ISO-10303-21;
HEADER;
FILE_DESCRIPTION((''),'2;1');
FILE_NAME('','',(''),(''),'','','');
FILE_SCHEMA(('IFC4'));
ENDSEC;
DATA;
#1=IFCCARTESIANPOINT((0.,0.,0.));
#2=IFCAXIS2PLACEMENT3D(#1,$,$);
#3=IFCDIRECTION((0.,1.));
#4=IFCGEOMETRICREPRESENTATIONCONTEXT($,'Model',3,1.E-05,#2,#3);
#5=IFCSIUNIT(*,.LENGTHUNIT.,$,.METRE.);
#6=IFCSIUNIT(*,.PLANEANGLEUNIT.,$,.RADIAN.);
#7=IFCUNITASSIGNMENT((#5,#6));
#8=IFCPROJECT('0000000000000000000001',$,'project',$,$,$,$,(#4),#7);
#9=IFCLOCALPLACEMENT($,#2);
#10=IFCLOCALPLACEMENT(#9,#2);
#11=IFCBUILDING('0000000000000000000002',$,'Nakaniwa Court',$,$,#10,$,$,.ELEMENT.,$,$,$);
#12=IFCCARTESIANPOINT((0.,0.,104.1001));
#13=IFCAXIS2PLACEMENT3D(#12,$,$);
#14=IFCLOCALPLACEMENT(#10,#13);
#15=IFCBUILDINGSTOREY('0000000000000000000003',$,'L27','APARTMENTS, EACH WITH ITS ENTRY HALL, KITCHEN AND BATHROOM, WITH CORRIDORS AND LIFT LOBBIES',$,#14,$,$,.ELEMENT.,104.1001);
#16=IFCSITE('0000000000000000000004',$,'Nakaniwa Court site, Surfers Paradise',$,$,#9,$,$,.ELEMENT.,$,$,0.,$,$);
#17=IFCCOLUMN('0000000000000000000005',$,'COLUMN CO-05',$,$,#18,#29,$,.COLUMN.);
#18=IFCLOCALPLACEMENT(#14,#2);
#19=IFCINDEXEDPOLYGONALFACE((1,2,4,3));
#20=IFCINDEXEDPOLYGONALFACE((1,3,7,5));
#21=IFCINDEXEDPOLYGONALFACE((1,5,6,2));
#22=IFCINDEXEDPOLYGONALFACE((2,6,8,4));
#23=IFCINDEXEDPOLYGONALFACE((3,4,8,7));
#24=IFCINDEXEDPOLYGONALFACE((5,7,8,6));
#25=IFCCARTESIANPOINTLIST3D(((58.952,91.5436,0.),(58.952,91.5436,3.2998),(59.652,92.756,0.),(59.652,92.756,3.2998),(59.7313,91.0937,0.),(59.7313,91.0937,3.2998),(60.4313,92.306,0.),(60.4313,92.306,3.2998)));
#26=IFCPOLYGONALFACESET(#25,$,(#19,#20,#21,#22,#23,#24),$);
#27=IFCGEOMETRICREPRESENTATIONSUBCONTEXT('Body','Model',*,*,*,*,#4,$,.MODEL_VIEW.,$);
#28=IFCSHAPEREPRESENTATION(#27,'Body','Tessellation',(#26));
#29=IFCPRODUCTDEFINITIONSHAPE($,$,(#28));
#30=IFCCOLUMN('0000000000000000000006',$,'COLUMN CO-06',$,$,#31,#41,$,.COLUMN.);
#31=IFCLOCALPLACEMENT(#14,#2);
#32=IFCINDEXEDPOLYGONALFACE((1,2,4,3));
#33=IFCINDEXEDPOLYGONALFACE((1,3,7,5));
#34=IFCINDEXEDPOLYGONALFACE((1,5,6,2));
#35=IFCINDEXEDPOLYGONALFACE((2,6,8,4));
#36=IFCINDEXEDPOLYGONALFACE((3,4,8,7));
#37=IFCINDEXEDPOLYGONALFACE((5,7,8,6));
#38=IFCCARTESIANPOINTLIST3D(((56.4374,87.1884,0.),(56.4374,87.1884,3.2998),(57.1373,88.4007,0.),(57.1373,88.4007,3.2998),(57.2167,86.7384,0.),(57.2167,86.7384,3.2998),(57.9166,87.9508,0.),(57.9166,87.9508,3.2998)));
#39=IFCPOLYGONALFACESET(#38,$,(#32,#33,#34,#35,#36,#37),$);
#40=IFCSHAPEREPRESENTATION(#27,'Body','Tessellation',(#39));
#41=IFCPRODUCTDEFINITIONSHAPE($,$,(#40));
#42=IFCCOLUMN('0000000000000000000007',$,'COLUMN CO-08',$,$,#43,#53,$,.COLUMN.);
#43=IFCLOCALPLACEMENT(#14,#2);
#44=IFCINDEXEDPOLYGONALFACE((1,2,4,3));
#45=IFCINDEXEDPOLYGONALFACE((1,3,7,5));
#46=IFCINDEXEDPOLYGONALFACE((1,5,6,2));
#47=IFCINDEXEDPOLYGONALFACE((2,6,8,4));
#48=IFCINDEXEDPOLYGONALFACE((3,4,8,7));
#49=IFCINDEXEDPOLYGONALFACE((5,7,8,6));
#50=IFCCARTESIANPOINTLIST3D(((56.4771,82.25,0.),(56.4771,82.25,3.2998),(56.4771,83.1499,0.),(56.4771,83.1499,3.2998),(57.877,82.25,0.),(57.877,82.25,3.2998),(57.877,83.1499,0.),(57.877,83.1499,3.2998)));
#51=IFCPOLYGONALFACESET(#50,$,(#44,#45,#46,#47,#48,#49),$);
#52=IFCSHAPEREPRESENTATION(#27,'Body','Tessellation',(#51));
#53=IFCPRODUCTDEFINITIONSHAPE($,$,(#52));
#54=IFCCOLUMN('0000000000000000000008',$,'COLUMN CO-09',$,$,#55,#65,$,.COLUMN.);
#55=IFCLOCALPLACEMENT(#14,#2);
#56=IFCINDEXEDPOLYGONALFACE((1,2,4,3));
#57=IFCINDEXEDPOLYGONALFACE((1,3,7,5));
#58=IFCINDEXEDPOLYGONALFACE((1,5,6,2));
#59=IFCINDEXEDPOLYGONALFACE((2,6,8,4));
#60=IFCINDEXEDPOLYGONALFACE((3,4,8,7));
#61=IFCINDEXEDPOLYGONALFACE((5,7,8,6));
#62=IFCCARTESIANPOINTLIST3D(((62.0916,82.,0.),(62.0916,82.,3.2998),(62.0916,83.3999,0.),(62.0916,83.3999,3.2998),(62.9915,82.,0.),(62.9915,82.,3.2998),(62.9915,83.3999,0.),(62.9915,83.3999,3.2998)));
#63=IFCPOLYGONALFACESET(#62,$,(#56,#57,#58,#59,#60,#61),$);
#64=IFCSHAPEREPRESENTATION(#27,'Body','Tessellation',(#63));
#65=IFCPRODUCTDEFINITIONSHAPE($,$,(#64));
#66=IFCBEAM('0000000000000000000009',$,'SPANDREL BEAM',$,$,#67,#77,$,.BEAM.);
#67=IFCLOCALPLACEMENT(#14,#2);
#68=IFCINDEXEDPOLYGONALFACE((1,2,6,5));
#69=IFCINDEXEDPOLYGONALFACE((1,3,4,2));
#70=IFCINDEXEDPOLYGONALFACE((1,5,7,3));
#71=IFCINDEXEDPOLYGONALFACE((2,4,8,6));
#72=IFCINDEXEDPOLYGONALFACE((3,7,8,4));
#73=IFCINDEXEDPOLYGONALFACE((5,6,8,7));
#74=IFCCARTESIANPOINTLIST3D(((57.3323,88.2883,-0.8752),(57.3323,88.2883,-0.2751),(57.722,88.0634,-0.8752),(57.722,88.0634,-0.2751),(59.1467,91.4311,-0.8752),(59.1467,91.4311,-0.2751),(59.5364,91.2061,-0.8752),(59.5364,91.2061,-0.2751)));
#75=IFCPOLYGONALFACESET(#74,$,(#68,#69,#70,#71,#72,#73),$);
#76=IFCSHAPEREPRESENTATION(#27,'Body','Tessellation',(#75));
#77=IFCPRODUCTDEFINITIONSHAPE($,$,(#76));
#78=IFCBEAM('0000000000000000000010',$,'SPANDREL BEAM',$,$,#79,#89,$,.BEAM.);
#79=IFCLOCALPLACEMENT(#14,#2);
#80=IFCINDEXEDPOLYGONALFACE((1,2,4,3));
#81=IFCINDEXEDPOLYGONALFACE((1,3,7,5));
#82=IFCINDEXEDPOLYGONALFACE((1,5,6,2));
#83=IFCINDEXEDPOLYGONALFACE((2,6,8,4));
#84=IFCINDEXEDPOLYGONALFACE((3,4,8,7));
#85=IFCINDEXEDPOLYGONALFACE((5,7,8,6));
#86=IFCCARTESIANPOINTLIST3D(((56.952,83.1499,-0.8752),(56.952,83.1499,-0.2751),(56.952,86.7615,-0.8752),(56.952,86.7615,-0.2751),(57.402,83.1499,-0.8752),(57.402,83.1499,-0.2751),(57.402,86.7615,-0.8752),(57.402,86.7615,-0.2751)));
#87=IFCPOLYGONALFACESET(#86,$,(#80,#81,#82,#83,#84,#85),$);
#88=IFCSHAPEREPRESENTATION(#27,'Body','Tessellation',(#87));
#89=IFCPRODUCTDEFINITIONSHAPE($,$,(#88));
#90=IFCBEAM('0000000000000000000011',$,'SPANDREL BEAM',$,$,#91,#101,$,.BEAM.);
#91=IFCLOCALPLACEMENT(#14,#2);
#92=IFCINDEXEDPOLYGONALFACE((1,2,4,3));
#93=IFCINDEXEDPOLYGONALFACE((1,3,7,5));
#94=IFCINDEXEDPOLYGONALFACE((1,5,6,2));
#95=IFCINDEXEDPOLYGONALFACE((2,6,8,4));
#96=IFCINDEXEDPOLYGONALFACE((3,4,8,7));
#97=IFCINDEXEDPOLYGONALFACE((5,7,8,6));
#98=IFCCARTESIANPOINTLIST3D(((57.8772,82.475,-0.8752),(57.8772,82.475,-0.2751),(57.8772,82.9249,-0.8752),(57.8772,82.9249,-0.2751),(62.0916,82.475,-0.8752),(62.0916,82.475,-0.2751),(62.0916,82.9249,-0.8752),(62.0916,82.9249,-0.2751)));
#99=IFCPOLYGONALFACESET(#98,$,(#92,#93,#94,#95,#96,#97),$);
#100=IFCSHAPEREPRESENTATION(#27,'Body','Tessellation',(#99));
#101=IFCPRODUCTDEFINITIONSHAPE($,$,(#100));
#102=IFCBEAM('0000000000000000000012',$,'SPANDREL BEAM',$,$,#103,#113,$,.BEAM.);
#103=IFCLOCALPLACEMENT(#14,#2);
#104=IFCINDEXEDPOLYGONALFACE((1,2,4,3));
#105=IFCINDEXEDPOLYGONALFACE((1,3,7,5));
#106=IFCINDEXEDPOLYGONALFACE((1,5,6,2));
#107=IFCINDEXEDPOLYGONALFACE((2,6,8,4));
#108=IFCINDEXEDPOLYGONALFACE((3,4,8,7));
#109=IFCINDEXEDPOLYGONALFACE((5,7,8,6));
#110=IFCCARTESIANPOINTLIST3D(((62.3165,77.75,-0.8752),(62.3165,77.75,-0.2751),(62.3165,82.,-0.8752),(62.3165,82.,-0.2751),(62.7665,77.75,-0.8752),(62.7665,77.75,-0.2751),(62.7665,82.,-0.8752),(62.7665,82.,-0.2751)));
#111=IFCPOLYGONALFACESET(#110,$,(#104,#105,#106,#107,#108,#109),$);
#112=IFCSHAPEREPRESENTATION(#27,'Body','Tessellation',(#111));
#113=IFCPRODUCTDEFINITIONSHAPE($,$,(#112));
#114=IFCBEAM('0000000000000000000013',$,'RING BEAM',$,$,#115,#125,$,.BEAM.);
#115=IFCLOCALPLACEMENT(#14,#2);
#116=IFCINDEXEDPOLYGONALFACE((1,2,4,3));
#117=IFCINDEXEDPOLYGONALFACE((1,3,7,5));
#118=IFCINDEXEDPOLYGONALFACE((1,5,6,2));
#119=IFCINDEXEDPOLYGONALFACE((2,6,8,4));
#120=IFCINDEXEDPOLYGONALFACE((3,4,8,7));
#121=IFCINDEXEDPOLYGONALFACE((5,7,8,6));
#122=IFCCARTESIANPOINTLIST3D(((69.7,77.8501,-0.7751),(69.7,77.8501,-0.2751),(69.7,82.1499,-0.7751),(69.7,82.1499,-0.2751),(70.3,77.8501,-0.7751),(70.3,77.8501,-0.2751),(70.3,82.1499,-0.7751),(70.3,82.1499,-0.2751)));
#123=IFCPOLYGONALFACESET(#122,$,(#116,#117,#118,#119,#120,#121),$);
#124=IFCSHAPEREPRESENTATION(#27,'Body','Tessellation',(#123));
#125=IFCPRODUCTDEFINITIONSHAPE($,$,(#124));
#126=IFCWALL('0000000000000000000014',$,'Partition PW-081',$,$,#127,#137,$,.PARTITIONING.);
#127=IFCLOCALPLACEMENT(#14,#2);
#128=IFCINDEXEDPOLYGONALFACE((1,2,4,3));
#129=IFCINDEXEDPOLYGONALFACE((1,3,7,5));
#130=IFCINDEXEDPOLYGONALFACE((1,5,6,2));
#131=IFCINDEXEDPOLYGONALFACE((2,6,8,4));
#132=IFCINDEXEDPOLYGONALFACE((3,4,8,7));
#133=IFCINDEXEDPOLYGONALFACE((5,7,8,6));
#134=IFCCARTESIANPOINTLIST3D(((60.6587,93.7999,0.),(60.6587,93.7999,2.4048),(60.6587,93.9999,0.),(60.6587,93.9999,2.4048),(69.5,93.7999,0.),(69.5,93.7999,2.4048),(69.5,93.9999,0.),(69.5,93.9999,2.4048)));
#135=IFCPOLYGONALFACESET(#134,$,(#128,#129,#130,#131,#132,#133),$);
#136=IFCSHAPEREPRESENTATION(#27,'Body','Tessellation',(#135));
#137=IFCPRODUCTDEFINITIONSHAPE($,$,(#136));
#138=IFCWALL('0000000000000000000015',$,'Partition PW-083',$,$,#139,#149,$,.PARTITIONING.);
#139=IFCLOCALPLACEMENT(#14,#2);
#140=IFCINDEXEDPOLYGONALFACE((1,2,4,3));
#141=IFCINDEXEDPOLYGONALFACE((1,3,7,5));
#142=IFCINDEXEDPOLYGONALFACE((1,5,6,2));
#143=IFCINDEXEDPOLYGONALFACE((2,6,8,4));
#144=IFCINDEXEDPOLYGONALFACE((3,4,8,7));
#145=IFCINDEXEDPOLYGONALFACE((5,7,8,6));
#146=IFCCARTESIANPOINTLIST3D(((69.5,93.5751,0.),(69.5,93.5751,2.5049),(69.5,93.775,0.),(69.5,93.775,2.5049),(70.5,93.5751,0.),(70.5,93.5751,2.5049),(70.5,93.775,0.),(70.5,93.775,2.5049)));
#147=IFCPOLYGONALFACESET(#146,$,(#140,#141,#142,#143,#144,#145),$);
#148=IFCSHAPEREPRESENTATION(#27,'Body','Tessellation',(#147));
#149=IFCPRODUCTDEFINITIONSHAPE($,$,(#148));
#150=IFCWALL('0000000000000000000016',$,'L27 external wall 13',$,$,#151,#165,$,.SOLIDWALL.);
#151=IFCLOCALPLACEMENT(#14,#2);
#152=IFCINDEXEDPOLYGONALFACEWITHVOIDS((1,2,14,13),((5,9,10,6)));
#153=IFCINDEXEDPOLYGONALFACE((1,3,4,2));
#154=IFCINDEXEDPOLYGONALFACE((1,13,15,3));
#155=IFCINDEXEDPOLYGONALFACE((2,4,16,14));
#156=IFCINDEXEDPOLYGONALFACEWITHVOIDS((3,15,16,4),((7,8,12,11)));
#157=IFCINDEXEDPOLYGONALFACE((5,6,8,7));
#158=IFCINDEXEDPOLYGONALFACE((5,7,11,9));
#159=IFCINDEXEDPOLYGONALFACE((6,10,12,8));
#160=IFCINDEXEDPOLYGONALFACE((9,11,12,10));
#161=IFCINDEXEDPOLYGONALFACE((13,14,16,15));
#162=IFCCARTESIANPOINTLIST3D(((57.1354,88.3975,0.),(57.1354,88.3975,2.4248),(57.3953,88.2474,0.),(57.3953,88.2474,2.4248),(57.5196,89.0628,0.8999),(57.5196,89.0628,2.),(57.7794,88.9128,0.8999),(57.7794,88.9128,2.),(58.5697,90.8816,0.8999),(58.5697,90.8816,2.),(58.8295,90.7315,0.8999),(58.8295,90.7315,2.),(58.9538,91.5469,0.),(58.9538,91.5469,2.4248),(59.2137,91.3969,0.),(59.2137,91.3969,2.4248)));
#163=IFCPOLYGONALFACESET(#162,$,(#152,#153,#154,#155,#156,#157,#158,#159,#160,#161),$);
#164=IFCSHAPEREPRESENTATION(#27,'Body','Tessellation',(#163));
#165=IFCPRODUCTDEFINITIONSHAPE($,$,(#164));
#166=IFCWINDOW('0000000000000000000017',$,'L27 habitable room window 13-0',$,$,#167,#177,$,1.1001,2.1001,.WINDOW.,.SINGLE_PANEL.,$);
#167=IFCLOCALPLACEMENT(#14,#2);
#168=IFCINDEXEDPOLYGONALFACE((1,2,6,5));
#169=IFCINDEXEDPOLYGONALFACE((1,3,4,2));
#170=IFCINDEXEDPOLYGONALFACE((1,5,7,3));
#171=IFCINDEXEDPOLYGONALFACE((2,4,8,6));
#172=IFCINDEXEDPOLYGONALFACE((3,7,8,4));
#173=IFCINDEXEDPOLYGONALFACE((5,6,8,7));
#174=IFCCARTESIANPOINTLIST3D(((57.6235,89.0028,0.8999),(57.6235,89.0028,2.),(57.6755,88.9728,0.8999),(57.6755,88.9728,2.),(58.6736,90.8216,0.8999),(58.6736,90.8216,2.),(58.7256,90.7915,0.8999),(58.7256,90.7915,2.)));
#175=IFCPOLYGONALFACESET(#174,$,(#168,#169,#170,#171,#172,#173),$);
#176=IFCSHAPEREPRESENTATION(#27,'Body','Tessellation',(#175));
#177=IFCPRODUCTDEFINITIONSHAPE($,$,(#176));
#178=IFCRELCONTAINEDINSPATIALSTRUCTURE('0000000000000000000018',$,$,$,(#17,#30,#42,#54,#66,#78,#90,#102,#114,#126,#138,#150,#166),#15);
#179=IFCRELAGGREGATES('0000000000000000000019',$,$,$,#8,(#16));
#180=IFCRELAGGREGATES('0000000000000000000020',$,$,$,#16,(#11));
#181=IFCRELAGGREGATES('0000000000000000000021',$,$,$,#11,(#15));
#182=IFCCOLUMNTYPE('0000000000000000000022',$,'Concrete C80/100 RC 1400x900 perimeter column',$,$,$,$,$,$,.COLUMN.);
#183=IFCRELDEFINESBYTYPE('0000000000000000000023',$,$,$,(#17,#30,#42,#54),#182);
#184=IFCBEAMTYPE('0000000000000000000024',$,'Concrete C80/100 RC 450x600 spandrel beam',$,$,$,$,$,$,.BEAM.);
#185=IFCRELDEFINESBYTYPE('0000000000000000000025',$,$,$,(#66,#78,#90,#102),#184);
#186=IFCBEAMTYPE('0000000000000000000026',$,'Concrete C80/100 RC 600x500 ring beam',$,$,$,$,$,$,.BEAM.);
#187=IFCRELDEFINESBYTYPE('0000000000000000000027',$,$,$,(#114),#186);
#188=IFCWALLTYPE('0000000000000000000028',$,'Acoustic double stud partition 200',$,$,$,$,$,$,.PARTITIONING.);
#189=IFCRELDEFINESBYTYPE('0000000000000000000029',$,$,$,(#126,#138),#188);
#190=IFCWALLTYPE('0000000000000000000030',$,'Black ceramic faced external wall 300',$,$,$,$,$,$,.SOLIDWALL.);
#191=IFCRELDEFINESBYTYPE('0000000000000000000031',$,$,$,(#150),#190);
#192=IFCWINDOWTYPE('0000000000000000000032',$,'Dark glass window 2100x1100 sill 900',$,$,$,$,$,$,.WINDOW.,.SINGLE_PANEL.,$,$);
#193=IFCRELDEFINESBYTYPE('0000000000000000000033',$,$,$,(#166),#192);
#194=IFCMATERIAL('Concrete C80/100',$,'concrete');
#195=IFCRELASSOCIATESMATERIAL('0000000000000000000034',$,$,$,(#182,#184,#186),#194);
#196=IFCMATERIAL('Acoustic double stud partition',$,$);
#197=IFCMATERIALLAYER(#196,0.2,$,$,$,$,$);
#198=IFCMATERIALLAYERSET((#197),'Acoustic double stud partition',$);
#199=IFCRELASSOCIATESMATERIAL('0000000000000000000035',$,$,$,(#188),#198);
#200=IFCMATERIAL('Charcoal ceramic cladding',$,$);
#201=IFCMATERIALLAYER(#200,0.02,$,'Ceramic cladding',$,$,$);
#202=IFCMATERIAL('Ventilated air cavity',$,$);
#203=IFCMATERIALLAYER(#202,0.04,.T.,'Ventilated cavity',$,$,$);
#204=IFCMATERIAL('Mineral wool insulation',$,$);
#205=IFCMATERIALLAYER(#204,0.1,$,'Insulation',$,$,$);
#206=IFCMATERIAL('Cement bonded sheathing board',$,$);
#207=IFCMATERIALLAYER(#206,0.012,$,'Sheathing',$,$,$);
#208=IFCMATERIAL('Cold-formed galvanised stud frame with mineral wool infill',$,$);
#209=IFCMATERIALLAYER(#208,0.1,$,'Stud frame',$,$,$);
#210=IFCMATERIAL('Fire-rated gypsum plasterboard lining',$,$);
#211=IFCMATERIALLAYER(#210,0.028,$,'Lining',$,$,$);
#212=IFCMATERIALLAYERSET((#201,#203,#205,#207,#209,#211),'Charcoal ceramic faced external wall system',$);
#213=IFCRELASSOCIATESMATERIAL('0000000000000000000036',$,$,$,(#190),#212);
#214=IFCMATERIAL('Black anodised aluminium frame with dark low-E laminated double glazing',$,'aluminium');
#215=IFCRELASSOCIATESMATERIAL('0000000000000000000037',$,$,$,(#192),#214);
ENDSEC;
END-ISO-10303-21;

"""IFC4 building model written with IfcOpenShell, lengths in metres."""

from ifc_helpers import new_model, si_unit, direction, frame, frame_2d, origin, origin_2d, place, context, subcontext, project, spatial, rectangle, extrude, material, layer, layer_set, material_profile, profile_set, type_object, element, fill, save


model = new_model("IFC4")

# Units and contexts
model_context = context("Model", 3, precision=1e-05, world=origin(), true_north=direction((0.0, 1.0)))
body_context = subcontext(model_context, "Body", "Model", "MODEL_VIEW")
ifc_project = project(units=[si_unit("LENGTHUNIT", "METRE"), si_unit("PLANEANGLEUNIT", "RADIAN")], contexts=[model_context])

# Site, building, storey
site_placement = place(None, origin())
site = spatial("IfcSite", under=ifc_project, at=site_placement, Name="Nakaniwa Court site, Surfers Paradise", CompositionType="ELEMENT", RefElevation=0.0)
building_placement = place(site_placement, origin())
building = spatial("IfcBuilding", under=site, at=building_placement, Name="Nakaniwa Court", CompositionType="ELEMENT")
storey_placement = place(building_placement, frame((0.0, 0.0, 104.1001)))
storey = spatial("IfcBuildingStorey", under=building, at=storey_placement, Name="L27", Description="APARTMENTS, EACH WITH ITS ENTRY HALL, KITCHEN AND BATHROOM, WITH CORRIDORS AND LIFT LOBBIES", CompositionType="ELEMENT", Elevation=104.1001)

# Columns
ifc_material_1 = material(Name="Concrete C80/100", Category="concrete")
ifc_material_profile_1 = material_profile(ifc_material_1, rectangle(XDim=1.3999, YDim=0.8999, at=origin_2d()), Name="Concrete C80/100 RC 1400x900 perimeter column")
ifc_profile_set_1 = profile_set([ifc_material_profile_1], Name="Concrete C80/100")
column_type = type_object("IfcColumnType", Name="Concrete C80/100 RC 1400x900 perimeter column", PredefinedType="COLUMN", material=ifc_profile_set_1)
for number, where, z_axis, x_axis, name in (
    (1, (59.6917, 91.9248, 0.0), (0.0, 0.0, 1.0), (-0.5, -0.866025, 0.0), "COLUMN CO-05"),
    (2, (57.177, 87.5696, 0.0), (0.0, 0.0, 1.0), (-0.5, -0.866025, 0.0), "COLUMN CO-06"),
    (3, (57.177, 82.7, 0.0), (0.0, 0.0, 1.0), (1.0, 0.0, 0.0), "COLUMN CO-08"),
    (4, (62.5415, 82.7, 0.0), (0.0, 0.0, 1.0), (0.0, -1.0, 0.0), "COLUMN CO-09"),
):
    element("IfcColumn", number, at=place(storey_placement, frame(where, z_axis=z_axis, x_axis=x_axis)), inside=storey, type_object=column_type, Name=name, PredefinedType="COLUMN", context=body_context, shape_type="SweptSolid", body=[
        extrude(rectangle(XDim=1.3999, YDim=0.8999, at=origin_2d()), origin(), (0.0, 0.0, 1.0), 3.2998),
    ])

# Beams
ifc_material_profile_2 = material_profile(ifc_material_1, rectangle(XDim=0.45, YDim=0.6001, at=origin_2d()), Name="Concrete C80/100 RC 450x600 spandrel beam")
ifc_profile_set_2 = profile_set([ifc_material_profile_2], Name="Concrete C80/100")
beam_type_1 = type_object("IfcBeamType", Name="Concrete C80/100 RC 450x600 spandrel beam", PredefinedType="BEAM", material=ifc_profile_set_2)
beam_1_placement = place(storey_placement, frame((59.3416, 91.3186, -0.5752), z_axis=(-0.499988, -0.866032, 0.0), x_axis=(0.866032, -0.499988, 0.0)))
element("IfcBeam", 5, at=beam_1_placement, inside=storey, type_object=beam_type_1, Name="SPANDREL BEAM", PredefinedType="BEAM", context=body_context, shape_type="SweptSolid", body=[
    extrude(rectangle(XDim=0.45, YDim=0.6001, at=origin_2d()), origin(), (0.0, 0.0, 1.0), 3.6289),
])
beam_2_placement = place(storey_placement, frame((57.177, 86.7615, -0.5752), z_axis=(0.0, -1.0, 0.0), x_axis=(1.0, 0.0, 0.0)))
element("IfcBeam", 6, at=beam_2_placement, inside=storey, type_object=beam_type_1, Name="SPANDREL BEAM", PredefinedType="BEAM", context=body_context, shape_type="SweptSolid", body=[
    extrude(rectangle(XDim=0.45, YDim=0.6001, at=origin_2d()), origin(), (0.0, 0.0, 1.0), 3.6116),
])
beam_3_placement = place(storey_placement, frame((57.8772, 82.7, -0.5752), z_axis=(1.0, 0.0, 0.0), x_axis=(0.0, 1.0, 0.0)))
element("IfcBeam", 7, at=beam_3_placement, inside=storey, type_object=beam_type_1, Name="SPANDREL BEAM", PredefinedType="BEAM", context=body_context, shape_type="SweptSolid", body=[
    extrude(rectangle(XDim=0.45, YDim=0.6001, at=origin_2d()), origin(), (0.0, 0.0, 1.0), 4.2144),
])
beam_4_placement = place(storey_placement, frame((62.5415, 82.0, -0.5752), z_axis=(0.0, -1.0, 0.0), x_axis=(1.0, 0.0, 0.0)))
element("IfcBeam", 8, at=beam_4_placement, inside=storey, type_object=beam_type_1, Name="SPANDREL BEAM", PredefinedType="BEAM", context=body_context, shape_type="SweptSolid", body=[
    extrude(rectangle(XDim=0.45, YDim=0.6001, at=origin_2d()), origin(), (0.0, 0.0, 1.0), 4.25),
])
ifc_material_profile_3 = material_profile(ifc_material_1, rectangle(XDim=0.6001, YDim=0.5, at=origin_2d()), Name="Concrete C80/100 RC 600x500 ring beam")
ifc_profile_set_3 = profile_set([ifc_material_profile_3], Name="Concrete C80/100")
beam_type_2 = type_object("IfcBeamType", Name="Concrete C80/100 RC 600x500 ring beam", PredefinedType="BEAM", material=ifc_profile_set_3)
beam_5_placement = place(storey_placement, frame((70.0, 82.1499, -0.5251), z_axis=(0.0, -1.0, 0.0), x_axis=(1.0, 0.0, 0.0)))
element("IfcBeam", 9, at=beam_5_placement, inside=storey, type_object=beam_type_2, Name="RING BEAM", PredefinedType="BEAM", context=body_context, shape_type="SweptSolid", body=[
    extrude(rectangle(XDim=0.6001, YDim=0.5, at=origin_2d()), origin(), (0.0, 0.0, 1.0), 4.2998),
])

# Walls
ifc_material_2 = material(Name="Acoustic double stud partition")
ifc_layer_1 = layer(ifc_material_2, 0.2)
ifc_layer_set_1 = layer_set([ifc_layer_1], Name="Acoustic double stud partition")
wall_type_1 = type_object("IfcWallType", Name="Acoustic double stud partition 200", PredefinedType="PARTITIONING", material=ifc_layer_set_1)
wall_1_placement = place(storey_placement, frame((60.6587, 93.8999, 0.0), z_axis=(0.0, 0.0, 1.0), x_axis=(1.0, 0.0, 0.0)))
element("IfcWall", 10, at=wall_1_placement, inside=storey, type_object=wall_type_1, Name="Partition PW-081", PredefinedType="PARTITIONING", context=body_context, shape_type="SweptSolid", body=[
    extrude(rectangle(XDim=8.8413, YDim=0.2, at=frame_2d((4.4207, 0.0))), origin(), (0.0, 0.0, 1.0), 2.4048),
])
wall_2_placement = place(storey_placement, frame((69.5, 93.675, 0.0), z_axis=(0.0, 0.0, 1.0), x_axis=(1.0, 0.0, 0.0)))
element("IfcWall", 11, at=wall_2_placement, inside=storey, type_object=wall_type_1, Name="Partition PW-083", PredefinedType="PARTITIONING", context=body_context, shape_type="SweptSolid", body=[
    extrude(rectangle(XDim=1.0, YDim=0.2, at=frame_2d((0.5, 0.0))), origin(), (0.0, 0.0, 1.0), 2.5049),
])

# Wall, opening, window
ifc_material_3 = material(Name="Charcoal ceramic cladding")
ifc_layer_2 = layer(ifc_material_3, 0.02, Name="Ceramic cladding")
ifc_material_4 = material(Name="Ventilated air cavity")
ifc_layer_3 = layer(ifc_material_4, 0.04, ventilated=True, Name="Ventilated cavity")
ifc_material_5 = material(Name="Mineral wool insulation")
ifc_layer_4 = layer(ifc_material_5, 0.1, Name="Insulation")
ifc_material_6 = material(Name="Cement bonded sheathing board")
ifc_layer_5 = layer(ifc_material_6, 0.012, Name="Sheathing")
ifc_material_7 = material(Name="Cold-formed galvanised stud frame with mineral wool infill")
ifc_layer_6 = layer(ifc_material_7, 0.1, Name="Stud frame")
ifc_material_8 = material(Name="Fire-rated gypsum plasterboard lining")
ifc_layer_7 = layer(ifc_material_8, 0.028, Name="Lining")
ifc_layer_set_2 = layer_set([ifc_layer_2, ifc_layer_3, ifc_layer_4, ifc_layer_5, ifc_layer_6, ifc_layer_7], Name="Charcoal ceramic faced external wall system")
wall_type_2 = type_object("IfcWallType", Name="Black ceramic faced external wall 300", PredefinedType="SOLIDWALL", material=ifc_layer_set_2)
wall_3_placement = place(storey_placement, frame((59.0837, 91.4719, 0.0), z_axis=(0.0, 0.0, 1.0), x_axis=(-0.500009, -0.86602, 0.0)))
wall_3 = element("IfcWall", 12, at=wall_3_placement, inside=storey, type_object=wall_type_2, Name="L27 external wall 13", PredefinedType="SOLIDWALL", context=body_context, shape_type="SweptSolid", body=[
    extrude(rectangle(XDim=3.6367, YDim=0.3, at=frame_2d((1.8184, 0.0))), origin(), (0.0, 0.0, 1.0), 2.4248),
])
opening_1_placement = place(wall_3_placement, frame((0.7683, 0.0, 0.8999)))
opening_1 = element("IfcOpeningElement", 13, at=opening_1_placement, cuts=wall_3, PredefinedType="OPENING", context=body_context, shape_type="SweptSolid", body=[
    extrude(rectangle(XDim=2.1001, YDim=1.1001, at=frame_2d((1.05, 0.55))), frame((0.0, 0.1599, 0.0), z_axis=(0.0, -1.0, 0.0), x_axis=(1.0, 0.0, 0.0)), (0.0, 0.0, 1.0), 0.3201),
])
ifc_material_9 = material(Name="Black anodised aluminium frame with dark low-E laminated double glazing", Category="aluminium")
window_type_1 = type_object("IfcWindowType", Name="Dark glass window 2100x1100 sill 900", PartitioningType="SINGLE_PANEL", PredefinedType="WINDOW", material=ifc_material_9)
window_1_placement = place(opening_1_placement, origin())
window_1 = element("IfcWindow", 14, at=window_1_placement, inside=storey, type_object=window_type_1, Name="L27 habitable room window 13-0", OverallHeight=1.1001, OverallWidth=2.1001, PartitioningType="SINGLE_PANEL", PredefinedType="WINDOW", context=body_context, shape_type="SweptSolid", body=[
    extrude(rectangle(XDim=2.1001, YDim=1.1001, at=frame_2d((1.05, 0.55))), frame((0.0, 0.03, 0.0), z_axis=(0.0, -1.0, 0.0), x_axis=(1.0, 0.0, 0.0)), (0.0, 0.0, 1.0), 0.0601),
])
fill(opening_1, window_1)

save(model, "model.ifc")
